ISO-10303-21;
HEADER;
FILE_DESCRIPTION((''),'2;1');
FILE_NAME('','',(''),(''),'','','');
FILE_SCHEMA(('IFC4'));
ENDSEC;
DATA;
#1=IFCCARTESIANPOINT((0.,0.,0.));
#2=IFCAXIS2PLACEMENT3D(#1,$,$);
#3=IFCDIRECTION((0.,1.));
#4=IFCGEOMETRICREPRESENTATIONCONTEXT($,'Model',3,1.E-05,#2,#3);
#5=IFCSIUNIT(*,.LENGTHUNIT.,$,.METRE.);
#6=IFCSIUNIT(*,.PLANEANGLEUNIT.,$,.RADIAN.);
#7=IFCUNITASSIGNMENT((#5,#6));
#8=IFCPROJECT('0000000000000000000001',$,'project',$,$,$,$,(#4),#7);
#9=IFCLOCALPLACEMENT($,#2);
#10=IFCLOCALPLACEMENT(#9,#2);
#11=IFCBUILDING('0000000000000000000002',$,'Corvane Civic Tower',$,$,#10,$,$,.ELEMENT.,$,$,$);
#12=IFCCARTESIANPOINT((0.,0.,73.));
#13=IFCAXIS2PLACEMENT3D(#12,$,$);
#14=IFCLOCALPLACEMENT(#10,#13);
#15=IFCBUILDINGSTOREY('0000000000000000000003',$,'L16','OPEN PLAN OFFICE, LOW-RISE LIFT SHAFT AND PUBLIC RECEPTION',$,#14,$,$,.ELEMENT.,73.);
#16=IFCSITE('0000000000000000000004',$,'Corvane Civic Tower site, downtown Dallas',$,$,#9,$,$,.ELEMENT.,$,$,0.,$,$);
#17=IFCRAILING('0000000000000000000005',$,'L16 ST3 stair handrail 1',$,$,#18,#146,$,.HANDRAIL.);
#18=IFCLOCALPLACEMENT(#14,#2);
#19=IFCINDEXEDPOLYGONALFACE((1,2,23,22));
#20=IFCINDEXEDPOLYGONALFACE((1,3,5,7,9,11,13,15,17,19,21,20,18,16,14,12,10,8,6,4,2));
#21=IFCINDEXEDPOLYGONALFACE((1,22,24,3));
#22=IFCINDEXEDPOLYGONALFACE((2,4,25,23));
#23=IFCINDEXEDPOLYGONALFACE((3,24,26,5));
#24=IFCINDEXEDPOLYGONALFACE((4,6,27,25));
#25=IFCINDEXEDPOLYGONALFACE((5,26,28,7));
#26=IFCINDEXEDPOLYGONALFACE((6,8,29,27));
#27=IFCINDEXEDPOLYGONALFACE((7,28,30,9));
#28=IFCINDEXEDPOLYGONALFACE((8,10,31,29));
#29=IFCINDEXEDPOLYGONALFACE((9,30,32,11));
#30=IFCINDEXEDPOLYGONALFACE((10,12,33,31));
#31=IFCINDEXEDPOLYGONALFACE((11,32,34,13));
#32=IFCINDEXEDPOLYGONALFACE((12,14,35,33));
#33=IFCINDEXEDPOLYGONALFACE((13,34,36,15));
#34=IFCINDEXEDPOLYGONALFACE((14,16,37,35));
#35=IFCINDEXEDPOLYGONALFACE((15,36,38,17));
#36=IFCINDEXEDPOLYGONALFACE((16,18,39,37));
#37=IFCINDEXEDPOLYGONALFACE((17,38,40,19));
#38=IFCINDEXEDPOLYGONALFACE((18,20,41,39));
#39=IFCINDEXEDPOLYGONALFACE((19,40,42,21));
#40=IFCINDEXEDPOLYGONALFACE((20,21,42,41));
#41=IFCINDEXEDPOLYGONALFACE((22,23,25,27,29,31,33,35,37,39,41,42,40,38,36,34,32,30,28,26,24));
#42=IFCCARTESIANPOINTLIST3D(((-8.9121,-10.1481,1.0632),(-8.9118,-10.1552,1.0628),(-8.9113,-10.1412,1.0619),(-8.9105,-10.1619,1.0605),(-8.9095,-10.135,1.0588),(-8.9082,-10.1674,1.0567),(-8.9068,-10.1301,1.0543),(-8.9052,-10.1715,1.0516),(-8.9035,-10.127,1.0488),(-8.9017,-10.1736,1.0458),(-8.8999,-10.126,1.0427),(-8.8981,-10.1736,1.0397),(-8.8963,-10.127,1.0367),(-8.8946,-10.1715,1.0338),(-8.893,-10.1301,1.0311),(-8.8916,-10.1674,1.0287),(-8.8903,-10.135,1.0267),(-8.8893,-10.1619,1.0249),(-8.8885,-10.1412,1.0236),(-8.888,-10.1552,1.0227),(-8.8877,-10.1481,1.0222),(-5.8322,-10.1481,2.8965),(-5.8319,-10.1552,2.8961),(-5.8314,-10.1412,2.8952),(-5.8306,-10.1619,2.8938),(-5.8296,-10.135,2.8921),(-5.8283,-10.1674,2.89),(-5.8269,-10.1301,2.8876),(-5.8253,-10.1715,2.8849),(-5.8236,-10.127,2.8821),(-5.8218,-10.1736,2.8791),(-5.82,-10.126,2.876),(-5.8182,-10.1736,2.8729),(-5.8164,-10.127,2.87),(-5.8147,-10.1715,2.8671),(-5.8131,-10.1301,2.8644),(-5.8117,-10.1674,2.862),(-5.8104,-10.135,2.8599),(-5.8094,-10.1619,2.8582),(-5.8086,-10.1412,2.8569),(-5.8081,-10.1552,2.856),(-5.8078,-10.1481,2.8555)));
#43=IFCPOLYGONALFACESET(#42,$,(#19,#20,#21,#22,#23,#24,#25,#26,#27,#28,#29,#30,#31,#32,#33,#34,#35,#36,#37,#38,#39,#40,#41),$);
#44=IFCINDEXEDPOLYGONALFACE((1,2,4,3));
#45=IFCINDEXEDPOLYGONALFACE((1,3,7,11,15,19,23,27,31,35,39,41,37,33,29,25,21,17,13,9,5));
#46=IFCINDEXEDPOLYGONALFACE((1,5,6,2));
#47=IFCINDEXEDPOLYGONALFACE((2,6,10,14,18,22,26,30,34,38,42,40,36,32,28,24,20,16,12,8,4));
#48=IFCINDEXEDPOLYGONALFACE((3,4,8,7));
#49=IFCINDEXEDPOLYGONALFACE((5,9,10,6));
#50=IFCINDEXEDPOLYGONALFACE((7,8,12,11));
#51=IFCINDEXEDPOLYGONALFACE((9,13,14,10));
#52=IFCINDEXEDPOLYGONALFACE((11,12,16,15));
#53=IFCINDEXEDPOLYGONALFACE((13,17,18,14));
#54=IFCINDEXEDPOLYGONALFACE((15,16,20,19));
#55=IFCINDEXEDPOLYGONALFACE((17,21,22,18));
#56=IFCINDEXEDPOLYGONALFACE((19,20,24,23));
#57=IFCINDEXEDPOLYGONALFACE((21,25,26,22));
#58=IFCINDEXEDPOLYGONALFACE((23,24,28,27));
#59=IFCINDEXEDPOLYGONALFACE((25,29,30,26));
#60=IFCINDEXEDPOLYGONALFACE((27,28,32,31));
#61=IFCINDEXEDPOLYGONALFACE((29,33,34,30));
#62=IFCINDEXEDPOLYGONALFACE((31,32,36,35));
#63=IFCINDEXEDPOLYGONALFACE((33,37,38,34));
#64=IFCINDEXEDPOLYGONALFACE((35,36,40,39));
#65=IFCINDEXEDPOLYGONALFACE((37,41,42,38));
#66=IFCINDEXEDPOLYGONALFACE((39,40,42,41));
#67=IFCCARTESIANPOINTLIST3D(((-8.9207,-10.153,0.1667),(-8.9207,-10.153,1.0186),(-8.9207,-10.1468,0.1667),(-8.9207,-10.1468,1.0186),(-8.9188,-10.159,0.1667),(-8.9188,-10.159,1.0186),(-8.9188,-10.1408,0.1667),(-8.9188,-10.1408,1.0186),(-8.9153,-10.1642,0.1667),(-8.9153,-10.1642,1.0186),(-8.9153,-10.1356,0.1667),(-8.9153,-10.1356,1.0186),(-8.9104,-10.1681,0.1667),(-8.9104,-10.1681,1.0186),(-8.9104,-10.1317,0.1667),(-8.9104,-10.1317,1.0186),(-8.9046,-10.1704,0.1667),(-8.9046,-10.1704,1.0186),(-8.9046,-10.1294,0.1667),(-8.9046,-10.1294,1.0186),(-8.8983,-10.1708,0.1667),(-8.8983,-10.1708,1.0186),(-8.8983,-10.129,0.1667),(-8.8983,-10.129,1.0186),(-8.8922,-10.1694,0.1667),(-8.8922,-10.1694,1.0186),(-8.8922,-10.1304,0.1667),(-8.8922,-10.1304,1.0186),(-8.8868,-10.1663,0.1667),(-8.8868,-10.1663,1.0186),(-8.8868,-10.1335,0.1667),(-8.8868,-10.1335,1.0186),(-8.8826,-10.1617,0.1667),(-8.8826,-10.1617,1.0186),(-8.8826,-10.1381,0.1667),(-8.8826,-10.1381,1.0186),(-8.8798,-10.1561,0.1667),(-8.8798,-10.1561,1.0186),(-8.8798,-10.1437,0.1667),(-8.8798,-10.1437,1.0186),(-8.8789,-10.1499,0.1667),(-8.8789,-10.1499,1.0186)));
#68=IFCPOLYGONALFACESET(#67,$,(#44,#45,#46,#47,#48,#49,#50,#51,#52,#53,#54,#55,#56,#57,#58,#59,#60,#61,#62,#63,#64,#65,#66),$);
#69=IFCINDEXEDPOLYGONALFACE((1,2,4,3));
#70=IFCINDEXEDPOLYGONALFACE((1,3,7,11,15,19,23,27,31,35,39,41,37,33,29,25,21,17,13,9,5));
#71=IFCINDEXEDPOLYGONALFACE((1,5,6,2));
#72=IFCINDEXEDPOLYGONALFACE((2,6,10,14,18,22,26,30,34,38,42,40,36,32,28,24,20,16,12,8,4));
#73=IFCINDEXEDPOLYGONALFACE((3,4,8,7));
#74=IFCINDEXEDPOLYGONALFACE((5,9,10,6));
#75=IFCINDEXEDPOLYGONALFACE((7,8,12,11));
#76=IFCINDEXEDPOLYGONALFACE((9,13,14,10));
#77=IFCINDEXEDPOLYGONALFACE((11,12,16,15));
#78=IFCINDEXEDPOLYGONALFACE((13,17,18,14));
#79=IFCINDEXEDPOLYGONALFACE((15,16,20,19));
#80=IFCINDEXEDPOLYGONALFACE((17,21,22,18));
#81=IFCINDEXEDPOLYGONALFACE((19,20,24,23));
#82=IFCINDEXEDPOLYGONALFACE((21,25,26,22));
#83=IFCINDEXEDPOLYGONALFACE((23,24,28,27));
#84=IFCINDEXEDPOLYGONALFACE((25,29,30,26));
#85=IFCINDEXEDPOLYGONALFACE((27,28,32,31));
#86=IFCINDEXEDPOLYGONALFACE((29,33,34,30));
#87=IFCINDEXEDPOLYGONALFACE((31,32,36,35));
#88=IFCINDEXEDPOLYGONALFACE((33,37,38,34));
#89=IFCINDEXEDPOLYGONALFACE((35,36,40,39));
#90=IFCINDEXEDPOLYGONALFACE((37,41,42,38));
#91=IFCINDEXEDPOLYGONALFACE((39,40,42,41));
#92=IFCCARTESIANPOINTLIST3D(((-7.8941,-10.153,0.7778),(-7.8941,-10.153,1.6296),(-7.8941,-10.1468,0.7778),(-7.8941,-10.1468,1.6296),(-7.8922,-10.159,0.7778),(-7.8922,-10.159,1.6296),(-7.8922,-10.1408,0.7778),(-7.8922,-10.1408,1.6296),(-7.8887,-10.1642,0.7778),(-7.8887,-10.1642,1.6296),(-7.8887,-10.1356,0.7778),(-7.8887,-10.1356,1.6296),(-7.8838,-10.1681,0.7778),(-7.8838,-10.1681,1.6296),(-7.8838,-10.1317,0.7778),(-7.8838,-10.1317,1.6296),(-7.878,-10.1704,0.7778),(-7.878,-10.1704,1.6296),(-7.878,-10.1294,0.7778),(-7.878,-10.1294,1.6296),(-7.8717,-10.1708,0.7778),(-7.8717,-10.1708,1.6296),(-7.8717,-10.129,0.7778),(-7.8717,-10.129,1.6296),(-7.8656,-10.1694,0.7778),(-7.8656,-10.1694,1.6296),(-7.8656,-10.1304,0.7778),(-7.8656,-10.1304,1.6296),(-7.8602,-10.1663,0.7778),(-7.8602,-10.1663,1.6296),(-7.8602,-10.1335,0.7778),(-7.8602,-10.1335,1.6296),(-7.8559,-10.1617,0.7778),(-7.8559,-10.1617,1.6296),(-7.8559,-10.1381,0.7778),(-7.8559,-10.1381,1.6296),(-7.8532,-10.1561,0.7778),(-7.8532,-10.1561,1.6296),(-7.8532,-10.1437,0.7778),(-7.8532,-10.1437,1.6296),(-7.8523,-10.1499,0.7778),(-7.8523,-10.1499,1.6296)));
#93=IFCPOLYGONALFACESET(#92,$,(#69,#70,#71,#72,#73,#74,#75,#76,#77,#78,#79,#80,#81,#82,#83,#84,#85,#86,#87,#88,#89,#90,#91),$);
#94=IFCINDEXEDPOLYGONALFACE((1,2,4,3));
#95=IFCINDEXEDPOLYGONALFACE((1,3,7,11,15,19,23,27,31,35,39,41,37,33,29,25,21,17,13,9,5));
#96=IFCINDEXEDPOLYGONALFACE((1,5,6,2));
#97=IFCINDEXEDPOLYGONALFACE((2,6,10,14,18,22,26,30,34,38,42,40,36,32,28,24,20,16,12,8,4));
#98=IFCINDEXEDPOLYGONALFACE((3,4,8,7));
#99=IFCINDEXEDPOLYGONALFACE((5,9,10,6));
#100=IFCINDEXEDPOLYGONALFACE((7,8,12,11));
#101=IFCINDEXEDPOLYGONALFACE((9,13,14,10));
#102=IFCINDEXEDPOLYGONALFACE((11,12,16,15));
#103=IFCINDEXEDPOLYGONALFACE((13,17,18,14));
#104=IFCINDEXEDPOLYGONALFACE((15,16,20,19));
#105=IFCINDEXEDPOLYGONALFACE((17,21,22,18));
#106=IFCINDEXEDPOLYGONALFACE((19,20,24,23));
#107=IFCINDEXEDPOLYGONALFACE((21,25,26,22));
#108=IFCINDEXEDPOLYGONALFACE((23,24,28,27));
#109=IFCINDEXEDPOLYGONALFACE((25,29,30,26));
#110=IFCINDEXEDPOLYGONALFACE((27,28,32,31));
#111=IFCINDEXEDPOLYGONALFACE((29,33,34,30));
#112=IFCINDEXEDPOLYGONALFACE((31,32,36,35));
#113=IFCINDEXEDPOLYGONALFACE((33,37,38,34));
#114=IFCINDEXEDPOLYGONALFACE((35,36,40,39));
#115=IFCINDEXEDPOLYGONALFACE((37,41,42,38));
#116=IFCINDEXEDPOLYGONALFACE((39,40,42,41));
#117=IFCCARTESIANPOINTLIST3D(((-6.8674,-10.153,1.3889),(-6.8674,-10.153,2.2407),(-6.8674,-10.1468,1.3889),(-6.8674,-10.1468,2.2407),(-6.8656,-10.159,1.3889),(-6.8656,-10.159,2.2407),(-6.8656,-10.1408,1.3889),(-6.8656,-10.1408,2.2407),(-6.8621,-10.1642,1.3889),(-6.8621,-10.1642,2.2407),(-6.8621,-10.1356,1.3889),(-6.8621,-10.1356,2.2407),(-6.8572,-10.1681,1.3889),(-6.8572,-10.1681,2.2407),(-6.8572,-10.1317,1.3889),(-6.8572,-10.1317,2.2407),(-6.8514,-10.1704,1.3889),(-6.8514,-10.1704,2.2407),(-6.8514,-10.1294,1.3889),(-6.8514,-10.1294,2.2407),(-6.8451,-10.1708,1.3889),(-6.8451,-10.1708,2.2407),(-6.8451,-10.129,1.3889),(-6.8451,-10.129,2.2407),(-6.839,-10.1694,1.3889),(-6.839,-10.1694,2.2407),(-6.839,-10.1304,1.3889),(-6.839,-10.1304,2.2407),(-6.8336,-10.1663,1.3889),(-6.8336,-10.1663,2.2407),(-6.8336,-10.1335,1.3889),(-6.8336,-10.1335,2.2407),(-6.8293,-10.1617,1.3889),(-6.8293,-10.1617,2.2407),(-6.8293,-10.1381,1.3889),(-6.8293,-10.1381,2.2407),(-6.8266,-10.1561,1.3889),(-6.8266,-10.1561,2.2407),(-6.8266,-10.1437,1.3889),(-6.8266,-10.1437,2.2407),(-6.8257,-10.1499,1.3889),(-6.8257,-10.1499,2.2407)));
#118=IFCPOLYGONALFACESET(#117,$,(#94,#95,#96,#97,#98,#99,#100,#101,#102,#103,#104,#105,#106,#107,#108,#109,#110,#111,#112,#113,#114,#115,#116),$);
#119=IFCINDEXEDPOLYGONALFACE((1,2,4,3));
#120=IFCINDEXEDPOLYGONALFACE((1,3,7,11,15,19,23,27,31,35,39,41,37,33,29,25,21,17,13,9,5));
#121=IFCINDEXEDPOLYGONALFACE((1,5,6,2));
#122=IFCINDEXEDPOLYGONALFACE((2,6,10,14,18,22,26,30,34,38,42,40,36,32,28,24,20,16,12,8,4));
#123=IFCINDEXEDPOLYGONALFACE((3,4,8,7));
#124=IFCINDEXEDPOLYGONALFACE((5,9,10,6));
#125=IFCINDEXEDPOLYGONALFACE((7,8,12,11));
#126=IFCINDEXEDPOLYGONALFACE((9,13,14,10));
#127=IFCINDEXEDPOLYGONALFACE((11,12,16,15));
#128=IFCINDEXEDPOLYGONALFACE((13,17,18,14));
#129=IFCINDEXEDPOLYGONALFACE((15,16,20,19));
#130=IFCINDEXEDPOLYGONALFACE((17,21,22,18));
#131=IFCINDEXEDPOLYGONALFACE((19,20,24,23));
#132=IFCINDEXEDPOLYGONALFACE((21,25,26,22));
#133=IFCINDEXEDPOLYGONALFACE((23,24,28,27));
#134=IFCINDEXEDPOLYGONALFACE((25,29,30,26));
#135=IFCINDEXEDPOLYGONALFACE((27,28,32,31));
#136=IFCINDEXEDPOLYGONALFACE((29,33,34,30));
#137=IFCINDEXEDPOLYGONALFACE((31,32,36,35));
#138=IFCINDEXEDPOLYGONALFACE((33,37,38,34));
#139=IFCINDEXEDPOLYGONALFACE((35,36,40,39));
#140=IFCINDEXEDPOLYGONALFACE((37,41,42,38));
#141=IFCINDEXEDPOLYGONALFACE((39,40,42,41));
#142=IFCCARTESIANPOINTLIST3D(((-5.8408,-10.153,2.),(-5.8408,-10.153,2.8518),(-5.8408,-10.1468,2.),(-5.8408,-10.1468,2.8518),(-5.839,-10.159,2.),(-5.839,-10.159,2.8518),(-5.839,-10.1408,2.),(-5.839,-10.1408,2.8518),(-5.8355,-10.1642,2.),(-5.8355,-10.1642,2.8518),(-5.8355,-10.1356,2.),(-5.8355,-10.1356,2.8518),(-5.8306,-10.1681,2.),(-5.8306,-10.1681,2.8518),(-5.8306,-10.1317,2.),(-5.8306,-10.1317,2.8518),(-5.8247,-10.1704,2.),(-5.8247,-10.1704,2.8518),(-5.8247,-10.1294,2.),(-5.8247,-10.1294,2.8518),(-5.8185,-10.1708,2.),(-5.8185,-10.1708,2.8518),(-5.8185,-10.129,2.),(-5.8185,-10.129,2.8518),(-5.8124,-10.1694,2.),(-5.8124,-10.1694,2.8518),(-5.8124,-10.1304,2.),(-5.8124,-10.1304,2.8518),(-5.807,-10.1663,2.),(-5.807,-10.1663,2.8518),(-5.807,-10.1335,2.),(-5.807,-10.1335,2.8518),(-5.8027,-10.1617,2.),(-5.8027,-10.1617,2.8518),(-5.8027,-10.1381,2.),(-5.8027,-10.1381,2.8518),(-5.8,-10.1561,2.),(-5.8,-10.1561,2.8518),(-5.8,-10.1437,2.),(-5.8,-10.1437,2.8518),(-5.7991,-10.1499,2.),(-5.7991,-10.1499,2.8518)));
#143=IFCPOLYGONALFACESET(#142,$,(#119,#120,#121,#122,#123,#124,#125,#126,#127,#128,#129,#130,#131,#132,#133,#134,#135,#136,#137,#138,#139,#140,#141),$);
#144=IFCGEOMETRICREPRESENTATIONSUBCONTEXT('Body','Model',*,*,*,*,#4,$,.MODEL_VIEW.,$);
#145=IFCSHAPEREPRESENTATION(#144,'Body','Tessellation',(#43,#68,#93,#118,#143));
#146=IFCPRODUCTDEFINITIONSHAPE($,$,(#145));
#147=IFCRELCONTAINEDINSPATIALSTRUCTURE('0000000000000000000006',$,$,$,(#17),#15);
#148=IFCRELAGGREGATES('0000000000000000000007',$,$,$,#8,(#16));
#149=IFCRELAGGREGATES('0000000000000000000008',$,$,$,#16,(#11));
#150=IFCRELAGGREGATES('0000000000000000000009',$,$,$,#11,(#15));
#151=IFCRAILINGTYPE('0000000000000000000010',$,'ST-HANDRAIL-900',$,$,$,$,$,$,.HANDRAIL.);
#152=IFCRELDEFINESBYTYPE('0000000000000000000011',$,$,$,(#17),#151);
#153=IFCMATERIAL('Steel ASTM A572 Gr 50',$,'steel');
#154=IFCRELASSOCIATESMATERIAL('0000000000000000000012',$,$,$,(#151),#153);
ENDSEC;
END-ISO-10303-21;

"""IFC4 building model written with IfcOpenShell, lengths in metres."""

from ifc_helpers import new_model, si_unit, direction, frame, origin, origin_2d, place, context, subcontext, project, spatial, circle, extrude, material, type_object, element, save


model = new_model("IFC4")

# Units and contexts
model_context = context("Model", 3, precision=1e-05, world=origin(), true_north=direction((0.0, 1.0)))
body_context = subcontext(model_context, "Body", "Model", "MODEL_VIEW")
ifc_project = project(units=[si_unit("LENGTHUNIT", "METRE"), si_unit("PLANEANGLEUNIT", "RADIAN")], contexts=[model_context])

# Site, building, storey
site_placement = place(None, origin())
site = spatial("IfcSite", under=ifc_project, at=site_placement, Name="Corvane Civic Tower site, downtown Dallas", CompositionType="ELEMENT", RefElevation=0.0)
building_placement = place(site_placement, origin())
building = spatial("IfcBuilding", under=site, at=building_placement, Name="Corvane Civic Tower", CompositionType="ELEMENT")
storey_placement = place(building_placement, frame((0.0, 0.0, 73.0)))
storey = spatial("IfcBuildingStorey", under=building, at=storey_placement, Name="L16", Description="OPEN PLAN OFFICE, LOW-RISE LIFT SHAFT AND PUBLIC RECEPTION", CompositionType="ELEMENT", Elevation=73.0)

# Railing
ifc_material_1 = material(Name="Steel ASTM A572 Gr 50", Category="steel")
railing_type = type_object("IfcRailingType", Name="ST-HANDRAIL-900", PredefinedType="HANDRAIL", material=ifc_material_1)
railing_1_placement = place(storey_placement, frame((-8.8999, -10.1499, 0.1667)))
element("IfcRailing", 1, at=railing_1_placement, inside=storey, type_object=railing_type, Name="L16 ST3 stair handrail 1", PredefinedType="HANDRAIL", context=body_context, shape_type="SweptSolid", body=[
    extrude(circle(Radius=0.0239, at=origin_2d()), frame((0.0, 0.0, 0.876), z_axis=(0.859291, 0.0, 0.511487), x_axis=(0.0, 1.0, 0.0)), (0.0, 0.0, 1.0), 3.5842),
    extrude(circle(Radius=0.021, at=origin_2d()), origin(), (0.0, 0.0, 1.0), 0.8518),
    extrude(circle(Radius=0.021, at=origin_2d()), frame((1.0266, 0.0, 0.6111)), (0.0, 0.0, 1.0), 0.8518),
    extrude(circle(Radius=0.021, at=origin_2d()), frame((2.0532, 0.0, 1.2222)), (0.0, 0.0, 1.0), 0.8518),
    extrude(circle(Radius=0.021, at=origin_2d()), frame((3.0798, 0.0, 1.8333)), (0.0, 0.0, 1.0), 0.8518),
])

save(model, "model.ifc")
